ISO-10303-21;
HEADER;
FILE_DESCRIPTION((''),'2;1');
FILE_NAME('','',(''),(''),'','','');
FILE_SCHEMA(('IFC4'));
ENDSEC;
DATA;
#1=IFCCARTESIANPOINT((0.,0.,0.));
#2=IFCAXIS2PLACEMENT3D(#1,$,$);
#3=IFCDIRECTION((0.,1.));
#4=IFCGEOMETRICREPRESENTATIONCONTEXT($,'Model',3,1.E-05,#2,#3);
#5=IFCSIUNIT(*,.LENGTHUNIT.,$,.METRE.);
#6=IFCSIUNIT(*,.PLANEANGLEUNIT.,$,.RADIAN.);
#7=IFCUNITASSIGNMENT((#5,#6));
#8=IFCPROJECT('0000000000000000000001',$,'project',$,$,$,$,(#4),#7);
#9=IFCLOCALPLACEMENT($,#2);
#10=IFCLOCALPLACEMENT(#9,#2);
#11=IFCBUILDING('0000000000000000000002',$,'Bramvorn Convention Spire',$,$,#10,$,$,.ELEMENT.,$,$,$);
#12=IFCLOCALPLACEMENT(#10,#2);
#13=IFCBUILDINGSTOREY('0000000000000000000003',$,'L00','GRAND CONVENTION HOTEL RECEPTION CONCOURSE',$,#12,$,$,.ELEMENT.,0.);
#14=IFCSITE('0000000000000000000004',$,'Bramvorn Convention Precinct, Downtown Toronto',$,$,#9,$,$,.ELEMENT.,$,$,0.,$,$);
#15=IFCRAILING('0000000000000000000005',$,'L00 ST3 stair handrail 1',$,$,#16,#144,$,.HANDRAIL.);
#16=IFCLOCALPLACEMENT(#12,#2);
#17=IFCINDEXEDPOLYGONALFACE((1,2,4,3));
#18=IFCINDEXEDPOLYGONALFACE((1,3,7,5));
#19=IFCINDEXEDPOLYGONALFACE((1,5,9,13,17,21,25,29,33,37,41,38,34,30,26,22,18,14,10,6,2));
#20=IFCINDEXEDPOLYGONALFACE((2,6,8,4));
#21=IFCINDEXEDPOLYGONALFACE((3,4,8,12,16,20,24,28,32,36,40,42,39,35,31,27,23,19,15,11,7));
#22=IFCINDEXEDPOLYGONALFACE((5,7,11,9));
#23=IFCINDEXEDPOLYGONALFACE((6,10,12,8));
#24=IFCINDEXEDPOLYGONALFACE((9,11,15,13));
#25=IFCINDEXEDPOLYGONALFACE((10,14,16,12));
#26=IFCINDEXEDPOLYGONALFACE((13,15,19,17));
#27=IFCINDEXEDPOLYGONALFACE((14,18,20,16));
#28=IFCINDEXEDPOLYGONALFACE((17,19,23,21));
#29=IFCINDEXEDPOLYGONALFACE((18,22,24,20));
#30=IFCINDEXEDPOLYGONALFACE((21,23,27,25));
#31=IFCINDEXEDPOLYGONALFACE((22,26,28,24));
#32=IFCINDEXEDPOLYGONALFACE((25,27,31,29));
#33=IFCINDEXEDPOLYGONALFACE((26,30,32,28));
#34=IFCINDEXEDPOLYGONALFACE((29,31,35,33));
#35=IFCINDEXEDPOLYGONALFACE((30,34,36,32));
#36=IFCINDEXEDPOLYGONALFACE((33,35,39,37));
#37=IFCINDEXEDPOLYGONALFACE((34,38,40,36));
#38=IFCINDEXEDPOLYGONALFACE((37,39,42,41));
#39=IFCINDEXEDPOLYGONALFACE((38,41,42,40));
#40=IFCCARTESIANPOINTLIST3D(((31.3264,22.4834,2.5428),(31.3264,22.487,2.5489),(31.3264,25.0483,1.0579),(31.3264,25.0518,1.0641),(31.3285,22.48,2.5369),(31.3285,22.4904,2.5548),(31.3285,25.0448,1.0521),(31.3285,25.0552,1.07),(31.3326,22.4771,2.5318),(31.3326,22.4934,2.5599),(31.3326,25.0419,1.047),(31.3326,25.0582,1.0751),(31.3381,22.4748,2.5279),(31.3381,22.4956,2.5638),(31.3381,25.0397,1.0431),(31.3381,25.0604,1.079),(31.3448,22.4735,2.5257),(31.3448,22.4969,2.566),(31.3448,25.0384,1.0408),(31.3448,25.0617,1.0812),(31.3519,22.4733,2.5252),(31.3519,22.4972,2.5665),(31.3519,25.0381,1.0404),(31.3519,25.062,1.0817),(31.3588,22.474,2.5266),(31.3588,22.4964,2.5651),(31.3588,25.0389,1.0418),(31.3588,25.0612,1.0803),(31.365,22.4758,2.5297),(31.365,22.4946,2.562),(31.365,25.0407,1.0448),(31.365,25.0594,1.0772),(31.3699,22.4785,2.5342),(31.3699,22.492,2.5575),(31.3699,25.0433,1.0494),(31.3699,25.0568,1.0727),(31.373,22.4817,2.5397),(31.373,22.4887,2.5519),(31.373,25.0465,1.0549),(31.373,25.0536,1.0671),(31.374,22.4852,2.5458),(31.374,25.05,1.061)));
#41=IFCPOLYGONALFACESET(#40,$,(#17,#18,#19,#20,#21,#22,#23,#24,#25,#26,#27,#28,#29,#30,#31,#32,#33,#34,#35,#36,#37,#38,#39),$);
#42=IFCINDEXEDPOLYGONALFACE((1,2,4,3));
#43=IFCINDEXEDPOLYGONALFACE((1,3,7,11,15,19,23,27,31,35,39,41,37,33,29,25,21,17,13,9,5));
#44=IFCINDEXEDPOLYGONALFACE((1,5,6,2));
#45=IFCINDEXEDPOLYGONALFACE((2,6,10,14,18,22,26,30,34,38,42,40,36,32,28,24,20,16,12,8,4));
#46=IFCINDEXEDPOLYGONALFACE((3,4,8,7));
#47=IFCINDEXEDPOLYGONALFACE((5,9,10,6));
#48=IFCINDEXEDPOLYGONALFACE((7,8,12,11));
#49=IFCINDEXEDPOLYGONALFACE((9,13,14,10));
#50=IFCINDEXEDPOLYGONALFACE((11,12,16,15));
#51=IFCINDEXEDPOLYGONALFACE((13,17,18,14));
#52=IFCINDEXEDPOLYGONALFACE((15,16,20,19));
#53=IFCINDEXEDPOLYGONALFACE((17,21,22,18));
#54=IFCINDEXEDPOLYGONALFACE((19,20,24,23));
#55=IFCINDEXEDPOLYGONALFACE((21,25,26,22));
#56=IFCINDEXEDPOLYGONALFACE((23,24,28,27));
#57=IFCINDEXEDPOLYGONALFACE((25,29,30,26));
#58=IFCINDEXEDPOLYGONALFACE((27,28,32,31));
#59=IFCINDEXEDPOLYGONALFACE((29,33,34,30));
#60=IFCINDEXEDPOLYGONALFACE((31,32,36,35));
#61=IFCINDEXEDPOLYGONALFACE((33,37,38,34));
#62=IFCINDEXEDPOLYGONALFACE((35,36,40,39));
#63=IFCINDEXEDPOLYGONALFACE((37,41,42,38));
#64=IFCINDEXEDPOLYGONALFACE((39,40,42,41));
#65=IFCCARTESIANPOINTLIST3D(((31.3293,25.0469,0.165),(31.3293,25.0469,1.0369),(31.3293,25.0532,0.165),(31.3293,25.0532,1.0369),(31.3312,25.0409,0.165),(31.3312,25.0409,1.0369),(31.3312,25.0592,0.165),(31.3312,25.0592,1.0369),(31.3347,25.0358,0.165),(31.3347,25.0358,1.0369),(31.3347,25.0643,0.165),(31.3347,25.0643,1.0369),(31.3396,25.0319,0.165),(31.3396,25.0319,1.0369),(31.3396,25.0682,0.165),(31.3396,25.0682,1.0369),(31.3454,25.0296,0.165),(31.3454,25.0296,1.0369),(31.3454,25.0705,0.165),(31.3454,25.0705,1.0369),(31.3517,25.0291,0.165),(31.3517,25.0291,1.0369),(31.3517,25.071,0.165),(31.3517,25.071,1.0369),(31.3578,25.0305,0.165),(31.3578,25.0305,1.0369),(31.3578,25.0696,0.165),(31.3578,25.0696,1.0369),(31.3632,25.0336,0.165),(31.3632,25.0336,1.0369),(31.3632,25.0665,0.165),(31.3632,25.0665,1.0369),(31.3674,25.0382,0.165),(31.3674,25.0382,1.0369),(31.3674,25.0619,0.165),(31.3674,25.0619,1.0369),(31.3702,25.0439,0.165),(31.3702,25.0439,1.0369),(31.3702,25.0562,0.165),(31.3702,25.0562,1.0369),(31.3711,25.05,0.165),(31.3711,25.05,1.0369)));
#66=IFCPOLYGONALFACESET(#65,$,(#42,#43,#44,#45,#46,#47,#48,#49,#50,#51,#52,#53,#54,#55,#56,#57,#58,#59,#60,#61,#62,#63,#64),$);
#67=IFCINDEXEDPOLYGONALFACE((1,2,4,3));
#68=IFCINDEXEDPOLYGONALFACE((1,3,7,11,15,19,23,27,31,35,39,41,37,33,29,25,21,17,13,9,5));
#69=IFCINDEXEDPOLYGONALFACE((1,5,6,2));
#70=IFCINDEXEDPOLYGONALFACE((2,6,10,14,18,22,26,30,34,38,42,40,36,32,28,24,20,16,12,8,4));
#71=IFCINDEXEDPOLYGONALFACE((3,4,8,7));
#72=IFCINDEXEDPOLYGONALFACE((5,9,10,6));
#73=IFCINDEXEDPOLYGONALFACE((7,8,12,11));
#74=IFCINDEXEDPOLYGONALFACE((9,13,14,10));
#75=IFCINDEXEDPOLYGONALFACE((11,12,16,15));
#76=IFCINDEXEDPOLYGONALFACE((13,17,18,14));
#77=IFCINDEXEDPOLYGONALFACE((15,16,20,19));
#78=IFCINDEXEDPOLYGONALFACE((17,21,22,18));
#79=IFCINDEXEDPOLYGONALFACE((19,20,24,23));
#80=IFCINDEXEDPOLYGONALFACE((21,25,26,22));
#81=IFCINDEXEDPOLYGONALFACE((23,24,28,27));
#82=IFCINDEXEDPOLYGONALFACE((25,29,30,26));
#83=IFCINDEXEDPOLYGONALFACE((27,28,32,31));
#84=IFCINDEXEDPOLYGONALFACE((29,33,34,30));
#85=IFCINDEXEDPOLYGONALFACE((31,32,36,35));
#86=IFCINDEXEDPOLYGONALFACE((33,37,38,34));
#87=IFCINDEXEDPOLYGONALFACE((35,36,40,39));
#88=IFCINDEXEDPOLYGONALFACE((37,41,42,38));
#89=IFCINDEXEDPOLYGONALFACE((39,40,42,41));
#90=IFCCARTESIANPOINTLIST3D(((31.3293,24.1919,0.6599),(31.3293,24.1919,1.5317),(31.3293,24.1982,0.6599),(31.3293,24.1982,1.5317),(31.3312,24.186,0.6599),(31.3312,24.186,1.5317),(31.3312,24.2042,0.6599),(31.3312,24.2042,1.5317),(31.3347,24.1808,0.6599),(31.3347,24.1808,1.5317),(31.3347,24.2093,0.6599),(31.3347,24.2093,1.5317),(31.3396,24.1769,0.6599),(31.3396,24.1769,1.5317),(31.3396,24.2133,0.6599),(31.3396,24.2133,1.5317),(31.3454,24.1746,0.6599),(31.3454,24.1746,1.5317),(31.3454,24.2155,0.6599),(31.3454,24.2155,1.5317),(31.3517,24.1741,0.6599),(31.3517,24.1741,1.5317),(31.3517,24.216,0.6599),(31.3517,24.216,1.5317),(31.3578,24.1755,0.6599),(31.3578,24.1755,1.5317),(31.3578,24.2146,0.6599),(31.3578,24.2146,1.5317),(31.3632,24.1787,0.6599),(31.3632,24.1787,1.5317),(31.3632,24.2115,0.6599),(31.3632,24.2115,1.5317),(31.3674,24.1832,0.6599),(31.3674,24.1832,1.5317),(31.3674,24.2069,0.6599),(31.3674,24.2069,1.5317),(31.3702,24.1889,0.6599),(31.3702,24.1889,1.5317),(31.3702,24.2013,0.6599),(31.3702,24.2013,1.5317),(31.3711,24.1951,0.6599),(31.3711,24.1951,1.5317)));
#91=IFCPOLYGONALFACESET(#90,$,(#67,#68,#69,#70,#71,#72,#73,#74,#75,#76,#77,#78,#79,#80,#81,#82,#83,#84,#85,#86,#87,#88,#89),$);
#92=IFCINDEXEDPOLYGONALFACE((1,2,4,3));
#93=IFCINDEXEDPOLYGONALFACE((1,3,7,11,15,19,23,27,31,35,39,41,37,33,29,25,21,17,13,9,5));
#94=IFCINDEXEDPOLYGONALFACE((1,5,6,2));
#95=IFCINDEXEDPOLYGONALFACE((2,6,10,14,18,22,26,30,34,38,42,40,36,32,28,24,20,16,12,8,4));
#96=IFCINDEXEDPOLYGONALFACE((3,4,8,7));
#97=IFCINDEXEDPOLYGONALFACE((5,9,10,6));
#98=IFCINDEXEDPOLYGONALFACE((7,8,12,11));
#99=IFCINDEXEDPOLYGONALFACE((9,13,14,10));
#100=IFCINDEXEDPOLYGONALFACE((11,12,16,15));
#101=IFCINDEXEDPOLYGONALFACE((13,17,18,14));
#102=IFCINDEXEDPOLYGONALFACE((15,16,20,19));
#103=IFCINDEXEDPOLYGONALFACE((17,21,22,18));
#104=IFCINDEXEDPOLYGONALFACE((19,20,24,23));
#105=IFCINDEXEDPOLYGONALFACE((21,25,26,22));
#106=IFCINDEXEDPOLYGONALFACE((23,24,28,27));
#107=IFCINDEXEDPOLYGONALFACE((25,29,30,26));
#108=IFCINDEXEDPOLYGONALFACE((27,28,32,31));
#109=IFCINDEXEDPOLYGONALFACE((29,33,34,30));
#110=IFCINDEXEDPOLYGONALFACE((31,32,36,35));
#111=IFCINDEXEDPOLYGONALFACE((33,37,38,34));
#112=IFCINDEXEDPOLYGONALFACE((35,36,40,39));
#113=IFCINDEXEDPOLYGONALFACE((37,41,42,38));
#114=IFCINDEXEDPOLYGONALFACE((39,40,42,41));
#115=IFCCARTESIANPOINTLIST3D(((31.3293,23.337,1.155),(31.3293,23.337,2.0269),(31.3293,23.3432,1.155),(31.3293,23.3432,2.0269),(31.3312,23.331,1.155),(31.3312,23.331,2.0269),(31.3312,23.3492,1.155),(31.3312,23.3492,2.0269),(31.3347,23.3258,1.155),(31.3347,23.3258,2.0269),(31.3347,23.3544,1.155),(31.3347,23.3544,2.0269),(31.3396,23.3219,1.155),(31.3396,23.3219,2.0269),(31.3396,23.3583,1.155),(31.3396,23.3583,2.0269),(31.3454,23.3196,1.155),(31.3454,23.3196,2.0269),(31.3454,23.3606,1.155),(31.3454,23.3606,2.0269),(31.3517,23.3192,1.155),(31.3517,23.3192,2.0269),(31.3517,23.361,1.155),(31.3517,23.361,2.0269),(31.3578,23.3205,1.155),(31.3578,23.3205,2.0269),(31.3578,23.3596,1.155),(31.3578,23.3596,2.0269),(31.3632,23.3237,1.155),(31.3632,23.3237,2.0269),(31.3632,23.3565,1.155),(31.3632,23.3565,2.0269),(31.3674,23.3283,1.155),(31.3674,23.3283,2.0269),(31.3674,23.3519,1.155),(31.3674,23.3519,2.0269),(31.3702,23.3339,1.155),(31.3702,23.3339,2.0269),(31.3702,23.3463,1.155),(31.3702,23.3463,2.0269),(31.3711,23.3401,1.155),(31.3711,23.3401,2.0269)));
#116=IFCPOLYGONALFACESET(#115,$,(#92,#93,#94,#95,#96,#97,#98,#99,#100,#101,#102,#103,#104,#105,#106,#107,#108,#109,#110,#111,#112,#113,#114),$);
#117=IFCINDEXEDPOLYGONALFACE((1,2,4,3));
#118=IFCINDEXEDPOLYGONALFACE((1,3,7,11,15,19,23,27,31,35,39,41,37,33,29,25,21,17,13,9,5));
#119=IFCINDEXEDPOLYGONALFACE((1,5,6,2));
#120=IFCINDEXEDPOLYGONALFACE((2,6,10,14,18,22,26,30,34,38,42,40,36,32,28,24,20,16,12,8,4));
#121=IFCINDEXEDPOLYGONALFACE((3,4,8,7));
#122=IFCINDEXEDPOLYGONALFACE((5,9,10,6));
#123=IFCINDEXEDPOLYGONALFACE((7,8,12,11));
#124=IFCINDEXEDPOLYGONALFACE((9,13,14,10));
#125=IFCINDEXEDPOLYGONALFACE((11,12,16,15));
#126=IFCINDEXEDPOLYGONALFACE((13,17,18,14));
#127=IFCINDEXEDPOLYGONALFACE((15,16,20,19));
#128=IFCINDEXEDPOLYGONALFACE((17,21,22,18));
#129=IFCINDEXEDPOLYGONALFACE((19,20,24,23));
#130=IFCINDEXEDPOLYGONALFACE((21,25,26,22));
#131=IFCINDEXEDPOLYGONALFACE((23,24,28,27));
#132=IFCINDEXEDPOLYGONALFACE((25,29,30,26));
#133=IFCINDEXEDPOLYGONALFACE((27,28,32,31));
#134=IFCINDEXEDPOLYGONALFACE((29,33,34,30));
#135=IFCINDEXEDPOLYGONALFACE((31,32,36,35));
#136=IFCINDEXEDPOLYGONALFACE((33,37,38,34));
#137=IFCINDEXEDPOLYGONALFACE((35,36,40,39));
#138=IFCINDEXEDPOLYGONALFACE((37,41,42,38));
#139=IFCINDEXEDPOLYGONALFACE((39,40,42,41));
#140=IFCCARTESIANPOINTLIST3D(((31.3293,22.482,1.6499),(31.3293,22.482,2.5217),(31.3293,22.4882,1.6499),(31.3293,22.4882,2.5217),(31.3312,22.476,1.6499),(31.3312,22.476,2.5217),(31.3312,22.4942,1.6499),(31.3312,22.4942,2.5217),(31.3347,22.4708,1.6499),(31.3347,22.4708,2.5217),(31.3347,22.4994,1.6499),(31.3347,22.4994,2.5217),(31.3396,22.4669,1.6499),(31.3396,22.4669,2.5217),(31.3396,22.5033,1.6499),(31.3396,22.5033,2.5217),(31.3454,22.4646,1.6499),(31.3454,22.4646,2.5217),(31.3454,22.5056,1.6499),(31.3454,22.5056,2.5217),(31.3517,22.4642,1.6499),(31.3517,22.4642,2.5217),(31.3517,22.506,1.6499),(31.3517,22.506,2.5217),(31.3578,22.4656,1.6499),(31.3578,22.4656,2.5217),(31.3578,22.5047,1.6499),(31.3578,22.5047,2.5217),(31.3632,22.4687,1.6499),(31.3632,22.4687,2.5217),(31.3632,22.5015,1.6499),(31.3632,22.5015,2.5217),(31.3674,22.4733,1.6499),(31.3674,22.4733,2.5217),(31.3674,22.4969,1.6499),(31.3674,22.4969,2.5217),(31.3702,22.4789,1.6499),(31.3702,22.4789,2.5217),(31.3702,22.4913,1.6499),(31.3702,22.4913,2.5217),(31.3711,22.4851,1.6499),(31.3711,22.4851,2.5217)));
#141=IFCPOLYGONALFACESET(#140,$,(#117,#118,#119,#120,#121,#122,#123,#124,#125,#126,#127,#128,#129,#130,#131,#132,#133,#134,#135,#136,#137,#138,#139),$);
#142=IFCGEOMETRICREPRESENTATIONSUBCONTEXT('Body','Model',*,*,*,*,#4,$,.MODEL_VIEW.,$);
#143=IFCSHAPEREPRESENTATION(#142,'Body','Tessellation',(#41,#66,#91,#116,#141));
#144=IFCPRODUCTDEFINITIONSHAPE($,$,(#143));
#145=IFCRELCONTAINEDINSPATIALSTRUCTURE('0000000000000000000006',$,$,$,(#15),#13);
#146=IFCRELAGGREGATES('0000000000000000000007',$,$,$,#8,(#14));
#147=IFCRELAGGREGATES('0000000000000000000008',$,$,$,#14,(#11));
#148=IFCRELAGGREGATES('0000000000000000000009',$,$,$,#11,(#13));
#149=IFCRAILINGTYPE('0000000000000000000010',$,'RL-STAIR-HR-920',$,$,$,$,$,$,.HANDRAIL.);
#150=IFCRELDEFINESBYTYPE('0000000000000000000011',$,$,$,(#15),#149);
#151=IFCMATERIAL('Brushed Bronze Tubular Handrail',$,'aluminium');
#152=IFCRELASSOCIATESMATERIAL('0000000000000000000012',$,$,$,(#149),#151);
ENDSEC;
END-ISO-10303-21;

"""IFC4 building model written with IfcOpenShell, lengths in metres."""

from ifc_helpers import new_model, si_unit, direction, frame, origin, origin_2d, place, context, subcontext, project, spatial, circle, extrude, material, type_object, element, save


model = new_model("IFC4")

# Units and contexts
model_context = context("Model", 3, precision=1e-05, world=origin(), true_north=direction((0.0, 1.0)))
body_context = subcontext(model_context, "Body", "Model", "MODEL_VIEW")
ifc_project = project(units=[si_unit("LENGTHUNIT", "METRE"), si_unit("PLANEANGLEUNIT", "RADIAN")], contexts=[model_context])

# Site, building, storey
site_placement = place(None, origin())
site = spatial("IfcSite", under=ifc_project, at=site_placement, Name="Bramvorn Convention Precinct, Downtown Toronto", CompositionType="ELEMENT", RefElevation=0.0)
building_placement = place(site_placement, origin())
building = spatial("IfcBuilding", under=site, at=building_placement, Name="Bramvorn Convention Spire", CompositionType="ELEMENT")
storey_placement = place(building_placement, origin())
storey = spatial("IfcBuildingStorey", under=building, at=storey_placement, Name="L00", Description="GRAND CONVENTION HOTEL RECEPTION CONCOURSE", CompositionType="ELEMENT", Elevation=0.0)

# Railing
ifc_material_1 = material(Name="Brushed Bronze Tubular Handrail", Category="aluminium")
railing_type_1 = type_object("IfcRailingType", Name="RL-STAIR-HR-920", PredefinedType="HANDRAIL", material=ifc_material_1)
railing_1_placement = place(storey_placement, frame((31.3501, 25.05, 0.165)))
element("IfcRailing", 1, at=railing_1_placement, inside=storey, type_object=railing_type_1, Name="L00 ST3 stair handrail 1", PredefinedType="HANDRAIL", context=body_context, shape_type="SweptSolid", body=[
    extrude(circle(Radius=0.0239, at=origin_2d()), frame((0.0, 0.0, 0.896), z_axis=(0.0, -0.865441, 0.50101), x_axis=(1.0, 0.0, 0.0)), (0.0, 0.0, 1.0), 2.9636),
    extrude(circle(Radius=0.021, at=origin_2d()), origin(), (0.0, 0.0, 1.0), 0.8718),
    extrude(circle(Radius=0.021, at=origin_2d()), frame((0.0, -0.855, 0.4949)), (0.0, 0.0, 1.0), 0.8718),
    extrude(circle(Radius=0.021, at=origin_2d()), frame((0.0, -1.71, 0.99)), (0.0, 0.0, 1.0), 0.8718),
    extrude(circle(Radius=0.021, at=origin_2d()), frame((0.0, -2.5649, 1.4849)), (0.0, 0.0, 1.0), 0.8718),
])

save(model, "model.ifc")
